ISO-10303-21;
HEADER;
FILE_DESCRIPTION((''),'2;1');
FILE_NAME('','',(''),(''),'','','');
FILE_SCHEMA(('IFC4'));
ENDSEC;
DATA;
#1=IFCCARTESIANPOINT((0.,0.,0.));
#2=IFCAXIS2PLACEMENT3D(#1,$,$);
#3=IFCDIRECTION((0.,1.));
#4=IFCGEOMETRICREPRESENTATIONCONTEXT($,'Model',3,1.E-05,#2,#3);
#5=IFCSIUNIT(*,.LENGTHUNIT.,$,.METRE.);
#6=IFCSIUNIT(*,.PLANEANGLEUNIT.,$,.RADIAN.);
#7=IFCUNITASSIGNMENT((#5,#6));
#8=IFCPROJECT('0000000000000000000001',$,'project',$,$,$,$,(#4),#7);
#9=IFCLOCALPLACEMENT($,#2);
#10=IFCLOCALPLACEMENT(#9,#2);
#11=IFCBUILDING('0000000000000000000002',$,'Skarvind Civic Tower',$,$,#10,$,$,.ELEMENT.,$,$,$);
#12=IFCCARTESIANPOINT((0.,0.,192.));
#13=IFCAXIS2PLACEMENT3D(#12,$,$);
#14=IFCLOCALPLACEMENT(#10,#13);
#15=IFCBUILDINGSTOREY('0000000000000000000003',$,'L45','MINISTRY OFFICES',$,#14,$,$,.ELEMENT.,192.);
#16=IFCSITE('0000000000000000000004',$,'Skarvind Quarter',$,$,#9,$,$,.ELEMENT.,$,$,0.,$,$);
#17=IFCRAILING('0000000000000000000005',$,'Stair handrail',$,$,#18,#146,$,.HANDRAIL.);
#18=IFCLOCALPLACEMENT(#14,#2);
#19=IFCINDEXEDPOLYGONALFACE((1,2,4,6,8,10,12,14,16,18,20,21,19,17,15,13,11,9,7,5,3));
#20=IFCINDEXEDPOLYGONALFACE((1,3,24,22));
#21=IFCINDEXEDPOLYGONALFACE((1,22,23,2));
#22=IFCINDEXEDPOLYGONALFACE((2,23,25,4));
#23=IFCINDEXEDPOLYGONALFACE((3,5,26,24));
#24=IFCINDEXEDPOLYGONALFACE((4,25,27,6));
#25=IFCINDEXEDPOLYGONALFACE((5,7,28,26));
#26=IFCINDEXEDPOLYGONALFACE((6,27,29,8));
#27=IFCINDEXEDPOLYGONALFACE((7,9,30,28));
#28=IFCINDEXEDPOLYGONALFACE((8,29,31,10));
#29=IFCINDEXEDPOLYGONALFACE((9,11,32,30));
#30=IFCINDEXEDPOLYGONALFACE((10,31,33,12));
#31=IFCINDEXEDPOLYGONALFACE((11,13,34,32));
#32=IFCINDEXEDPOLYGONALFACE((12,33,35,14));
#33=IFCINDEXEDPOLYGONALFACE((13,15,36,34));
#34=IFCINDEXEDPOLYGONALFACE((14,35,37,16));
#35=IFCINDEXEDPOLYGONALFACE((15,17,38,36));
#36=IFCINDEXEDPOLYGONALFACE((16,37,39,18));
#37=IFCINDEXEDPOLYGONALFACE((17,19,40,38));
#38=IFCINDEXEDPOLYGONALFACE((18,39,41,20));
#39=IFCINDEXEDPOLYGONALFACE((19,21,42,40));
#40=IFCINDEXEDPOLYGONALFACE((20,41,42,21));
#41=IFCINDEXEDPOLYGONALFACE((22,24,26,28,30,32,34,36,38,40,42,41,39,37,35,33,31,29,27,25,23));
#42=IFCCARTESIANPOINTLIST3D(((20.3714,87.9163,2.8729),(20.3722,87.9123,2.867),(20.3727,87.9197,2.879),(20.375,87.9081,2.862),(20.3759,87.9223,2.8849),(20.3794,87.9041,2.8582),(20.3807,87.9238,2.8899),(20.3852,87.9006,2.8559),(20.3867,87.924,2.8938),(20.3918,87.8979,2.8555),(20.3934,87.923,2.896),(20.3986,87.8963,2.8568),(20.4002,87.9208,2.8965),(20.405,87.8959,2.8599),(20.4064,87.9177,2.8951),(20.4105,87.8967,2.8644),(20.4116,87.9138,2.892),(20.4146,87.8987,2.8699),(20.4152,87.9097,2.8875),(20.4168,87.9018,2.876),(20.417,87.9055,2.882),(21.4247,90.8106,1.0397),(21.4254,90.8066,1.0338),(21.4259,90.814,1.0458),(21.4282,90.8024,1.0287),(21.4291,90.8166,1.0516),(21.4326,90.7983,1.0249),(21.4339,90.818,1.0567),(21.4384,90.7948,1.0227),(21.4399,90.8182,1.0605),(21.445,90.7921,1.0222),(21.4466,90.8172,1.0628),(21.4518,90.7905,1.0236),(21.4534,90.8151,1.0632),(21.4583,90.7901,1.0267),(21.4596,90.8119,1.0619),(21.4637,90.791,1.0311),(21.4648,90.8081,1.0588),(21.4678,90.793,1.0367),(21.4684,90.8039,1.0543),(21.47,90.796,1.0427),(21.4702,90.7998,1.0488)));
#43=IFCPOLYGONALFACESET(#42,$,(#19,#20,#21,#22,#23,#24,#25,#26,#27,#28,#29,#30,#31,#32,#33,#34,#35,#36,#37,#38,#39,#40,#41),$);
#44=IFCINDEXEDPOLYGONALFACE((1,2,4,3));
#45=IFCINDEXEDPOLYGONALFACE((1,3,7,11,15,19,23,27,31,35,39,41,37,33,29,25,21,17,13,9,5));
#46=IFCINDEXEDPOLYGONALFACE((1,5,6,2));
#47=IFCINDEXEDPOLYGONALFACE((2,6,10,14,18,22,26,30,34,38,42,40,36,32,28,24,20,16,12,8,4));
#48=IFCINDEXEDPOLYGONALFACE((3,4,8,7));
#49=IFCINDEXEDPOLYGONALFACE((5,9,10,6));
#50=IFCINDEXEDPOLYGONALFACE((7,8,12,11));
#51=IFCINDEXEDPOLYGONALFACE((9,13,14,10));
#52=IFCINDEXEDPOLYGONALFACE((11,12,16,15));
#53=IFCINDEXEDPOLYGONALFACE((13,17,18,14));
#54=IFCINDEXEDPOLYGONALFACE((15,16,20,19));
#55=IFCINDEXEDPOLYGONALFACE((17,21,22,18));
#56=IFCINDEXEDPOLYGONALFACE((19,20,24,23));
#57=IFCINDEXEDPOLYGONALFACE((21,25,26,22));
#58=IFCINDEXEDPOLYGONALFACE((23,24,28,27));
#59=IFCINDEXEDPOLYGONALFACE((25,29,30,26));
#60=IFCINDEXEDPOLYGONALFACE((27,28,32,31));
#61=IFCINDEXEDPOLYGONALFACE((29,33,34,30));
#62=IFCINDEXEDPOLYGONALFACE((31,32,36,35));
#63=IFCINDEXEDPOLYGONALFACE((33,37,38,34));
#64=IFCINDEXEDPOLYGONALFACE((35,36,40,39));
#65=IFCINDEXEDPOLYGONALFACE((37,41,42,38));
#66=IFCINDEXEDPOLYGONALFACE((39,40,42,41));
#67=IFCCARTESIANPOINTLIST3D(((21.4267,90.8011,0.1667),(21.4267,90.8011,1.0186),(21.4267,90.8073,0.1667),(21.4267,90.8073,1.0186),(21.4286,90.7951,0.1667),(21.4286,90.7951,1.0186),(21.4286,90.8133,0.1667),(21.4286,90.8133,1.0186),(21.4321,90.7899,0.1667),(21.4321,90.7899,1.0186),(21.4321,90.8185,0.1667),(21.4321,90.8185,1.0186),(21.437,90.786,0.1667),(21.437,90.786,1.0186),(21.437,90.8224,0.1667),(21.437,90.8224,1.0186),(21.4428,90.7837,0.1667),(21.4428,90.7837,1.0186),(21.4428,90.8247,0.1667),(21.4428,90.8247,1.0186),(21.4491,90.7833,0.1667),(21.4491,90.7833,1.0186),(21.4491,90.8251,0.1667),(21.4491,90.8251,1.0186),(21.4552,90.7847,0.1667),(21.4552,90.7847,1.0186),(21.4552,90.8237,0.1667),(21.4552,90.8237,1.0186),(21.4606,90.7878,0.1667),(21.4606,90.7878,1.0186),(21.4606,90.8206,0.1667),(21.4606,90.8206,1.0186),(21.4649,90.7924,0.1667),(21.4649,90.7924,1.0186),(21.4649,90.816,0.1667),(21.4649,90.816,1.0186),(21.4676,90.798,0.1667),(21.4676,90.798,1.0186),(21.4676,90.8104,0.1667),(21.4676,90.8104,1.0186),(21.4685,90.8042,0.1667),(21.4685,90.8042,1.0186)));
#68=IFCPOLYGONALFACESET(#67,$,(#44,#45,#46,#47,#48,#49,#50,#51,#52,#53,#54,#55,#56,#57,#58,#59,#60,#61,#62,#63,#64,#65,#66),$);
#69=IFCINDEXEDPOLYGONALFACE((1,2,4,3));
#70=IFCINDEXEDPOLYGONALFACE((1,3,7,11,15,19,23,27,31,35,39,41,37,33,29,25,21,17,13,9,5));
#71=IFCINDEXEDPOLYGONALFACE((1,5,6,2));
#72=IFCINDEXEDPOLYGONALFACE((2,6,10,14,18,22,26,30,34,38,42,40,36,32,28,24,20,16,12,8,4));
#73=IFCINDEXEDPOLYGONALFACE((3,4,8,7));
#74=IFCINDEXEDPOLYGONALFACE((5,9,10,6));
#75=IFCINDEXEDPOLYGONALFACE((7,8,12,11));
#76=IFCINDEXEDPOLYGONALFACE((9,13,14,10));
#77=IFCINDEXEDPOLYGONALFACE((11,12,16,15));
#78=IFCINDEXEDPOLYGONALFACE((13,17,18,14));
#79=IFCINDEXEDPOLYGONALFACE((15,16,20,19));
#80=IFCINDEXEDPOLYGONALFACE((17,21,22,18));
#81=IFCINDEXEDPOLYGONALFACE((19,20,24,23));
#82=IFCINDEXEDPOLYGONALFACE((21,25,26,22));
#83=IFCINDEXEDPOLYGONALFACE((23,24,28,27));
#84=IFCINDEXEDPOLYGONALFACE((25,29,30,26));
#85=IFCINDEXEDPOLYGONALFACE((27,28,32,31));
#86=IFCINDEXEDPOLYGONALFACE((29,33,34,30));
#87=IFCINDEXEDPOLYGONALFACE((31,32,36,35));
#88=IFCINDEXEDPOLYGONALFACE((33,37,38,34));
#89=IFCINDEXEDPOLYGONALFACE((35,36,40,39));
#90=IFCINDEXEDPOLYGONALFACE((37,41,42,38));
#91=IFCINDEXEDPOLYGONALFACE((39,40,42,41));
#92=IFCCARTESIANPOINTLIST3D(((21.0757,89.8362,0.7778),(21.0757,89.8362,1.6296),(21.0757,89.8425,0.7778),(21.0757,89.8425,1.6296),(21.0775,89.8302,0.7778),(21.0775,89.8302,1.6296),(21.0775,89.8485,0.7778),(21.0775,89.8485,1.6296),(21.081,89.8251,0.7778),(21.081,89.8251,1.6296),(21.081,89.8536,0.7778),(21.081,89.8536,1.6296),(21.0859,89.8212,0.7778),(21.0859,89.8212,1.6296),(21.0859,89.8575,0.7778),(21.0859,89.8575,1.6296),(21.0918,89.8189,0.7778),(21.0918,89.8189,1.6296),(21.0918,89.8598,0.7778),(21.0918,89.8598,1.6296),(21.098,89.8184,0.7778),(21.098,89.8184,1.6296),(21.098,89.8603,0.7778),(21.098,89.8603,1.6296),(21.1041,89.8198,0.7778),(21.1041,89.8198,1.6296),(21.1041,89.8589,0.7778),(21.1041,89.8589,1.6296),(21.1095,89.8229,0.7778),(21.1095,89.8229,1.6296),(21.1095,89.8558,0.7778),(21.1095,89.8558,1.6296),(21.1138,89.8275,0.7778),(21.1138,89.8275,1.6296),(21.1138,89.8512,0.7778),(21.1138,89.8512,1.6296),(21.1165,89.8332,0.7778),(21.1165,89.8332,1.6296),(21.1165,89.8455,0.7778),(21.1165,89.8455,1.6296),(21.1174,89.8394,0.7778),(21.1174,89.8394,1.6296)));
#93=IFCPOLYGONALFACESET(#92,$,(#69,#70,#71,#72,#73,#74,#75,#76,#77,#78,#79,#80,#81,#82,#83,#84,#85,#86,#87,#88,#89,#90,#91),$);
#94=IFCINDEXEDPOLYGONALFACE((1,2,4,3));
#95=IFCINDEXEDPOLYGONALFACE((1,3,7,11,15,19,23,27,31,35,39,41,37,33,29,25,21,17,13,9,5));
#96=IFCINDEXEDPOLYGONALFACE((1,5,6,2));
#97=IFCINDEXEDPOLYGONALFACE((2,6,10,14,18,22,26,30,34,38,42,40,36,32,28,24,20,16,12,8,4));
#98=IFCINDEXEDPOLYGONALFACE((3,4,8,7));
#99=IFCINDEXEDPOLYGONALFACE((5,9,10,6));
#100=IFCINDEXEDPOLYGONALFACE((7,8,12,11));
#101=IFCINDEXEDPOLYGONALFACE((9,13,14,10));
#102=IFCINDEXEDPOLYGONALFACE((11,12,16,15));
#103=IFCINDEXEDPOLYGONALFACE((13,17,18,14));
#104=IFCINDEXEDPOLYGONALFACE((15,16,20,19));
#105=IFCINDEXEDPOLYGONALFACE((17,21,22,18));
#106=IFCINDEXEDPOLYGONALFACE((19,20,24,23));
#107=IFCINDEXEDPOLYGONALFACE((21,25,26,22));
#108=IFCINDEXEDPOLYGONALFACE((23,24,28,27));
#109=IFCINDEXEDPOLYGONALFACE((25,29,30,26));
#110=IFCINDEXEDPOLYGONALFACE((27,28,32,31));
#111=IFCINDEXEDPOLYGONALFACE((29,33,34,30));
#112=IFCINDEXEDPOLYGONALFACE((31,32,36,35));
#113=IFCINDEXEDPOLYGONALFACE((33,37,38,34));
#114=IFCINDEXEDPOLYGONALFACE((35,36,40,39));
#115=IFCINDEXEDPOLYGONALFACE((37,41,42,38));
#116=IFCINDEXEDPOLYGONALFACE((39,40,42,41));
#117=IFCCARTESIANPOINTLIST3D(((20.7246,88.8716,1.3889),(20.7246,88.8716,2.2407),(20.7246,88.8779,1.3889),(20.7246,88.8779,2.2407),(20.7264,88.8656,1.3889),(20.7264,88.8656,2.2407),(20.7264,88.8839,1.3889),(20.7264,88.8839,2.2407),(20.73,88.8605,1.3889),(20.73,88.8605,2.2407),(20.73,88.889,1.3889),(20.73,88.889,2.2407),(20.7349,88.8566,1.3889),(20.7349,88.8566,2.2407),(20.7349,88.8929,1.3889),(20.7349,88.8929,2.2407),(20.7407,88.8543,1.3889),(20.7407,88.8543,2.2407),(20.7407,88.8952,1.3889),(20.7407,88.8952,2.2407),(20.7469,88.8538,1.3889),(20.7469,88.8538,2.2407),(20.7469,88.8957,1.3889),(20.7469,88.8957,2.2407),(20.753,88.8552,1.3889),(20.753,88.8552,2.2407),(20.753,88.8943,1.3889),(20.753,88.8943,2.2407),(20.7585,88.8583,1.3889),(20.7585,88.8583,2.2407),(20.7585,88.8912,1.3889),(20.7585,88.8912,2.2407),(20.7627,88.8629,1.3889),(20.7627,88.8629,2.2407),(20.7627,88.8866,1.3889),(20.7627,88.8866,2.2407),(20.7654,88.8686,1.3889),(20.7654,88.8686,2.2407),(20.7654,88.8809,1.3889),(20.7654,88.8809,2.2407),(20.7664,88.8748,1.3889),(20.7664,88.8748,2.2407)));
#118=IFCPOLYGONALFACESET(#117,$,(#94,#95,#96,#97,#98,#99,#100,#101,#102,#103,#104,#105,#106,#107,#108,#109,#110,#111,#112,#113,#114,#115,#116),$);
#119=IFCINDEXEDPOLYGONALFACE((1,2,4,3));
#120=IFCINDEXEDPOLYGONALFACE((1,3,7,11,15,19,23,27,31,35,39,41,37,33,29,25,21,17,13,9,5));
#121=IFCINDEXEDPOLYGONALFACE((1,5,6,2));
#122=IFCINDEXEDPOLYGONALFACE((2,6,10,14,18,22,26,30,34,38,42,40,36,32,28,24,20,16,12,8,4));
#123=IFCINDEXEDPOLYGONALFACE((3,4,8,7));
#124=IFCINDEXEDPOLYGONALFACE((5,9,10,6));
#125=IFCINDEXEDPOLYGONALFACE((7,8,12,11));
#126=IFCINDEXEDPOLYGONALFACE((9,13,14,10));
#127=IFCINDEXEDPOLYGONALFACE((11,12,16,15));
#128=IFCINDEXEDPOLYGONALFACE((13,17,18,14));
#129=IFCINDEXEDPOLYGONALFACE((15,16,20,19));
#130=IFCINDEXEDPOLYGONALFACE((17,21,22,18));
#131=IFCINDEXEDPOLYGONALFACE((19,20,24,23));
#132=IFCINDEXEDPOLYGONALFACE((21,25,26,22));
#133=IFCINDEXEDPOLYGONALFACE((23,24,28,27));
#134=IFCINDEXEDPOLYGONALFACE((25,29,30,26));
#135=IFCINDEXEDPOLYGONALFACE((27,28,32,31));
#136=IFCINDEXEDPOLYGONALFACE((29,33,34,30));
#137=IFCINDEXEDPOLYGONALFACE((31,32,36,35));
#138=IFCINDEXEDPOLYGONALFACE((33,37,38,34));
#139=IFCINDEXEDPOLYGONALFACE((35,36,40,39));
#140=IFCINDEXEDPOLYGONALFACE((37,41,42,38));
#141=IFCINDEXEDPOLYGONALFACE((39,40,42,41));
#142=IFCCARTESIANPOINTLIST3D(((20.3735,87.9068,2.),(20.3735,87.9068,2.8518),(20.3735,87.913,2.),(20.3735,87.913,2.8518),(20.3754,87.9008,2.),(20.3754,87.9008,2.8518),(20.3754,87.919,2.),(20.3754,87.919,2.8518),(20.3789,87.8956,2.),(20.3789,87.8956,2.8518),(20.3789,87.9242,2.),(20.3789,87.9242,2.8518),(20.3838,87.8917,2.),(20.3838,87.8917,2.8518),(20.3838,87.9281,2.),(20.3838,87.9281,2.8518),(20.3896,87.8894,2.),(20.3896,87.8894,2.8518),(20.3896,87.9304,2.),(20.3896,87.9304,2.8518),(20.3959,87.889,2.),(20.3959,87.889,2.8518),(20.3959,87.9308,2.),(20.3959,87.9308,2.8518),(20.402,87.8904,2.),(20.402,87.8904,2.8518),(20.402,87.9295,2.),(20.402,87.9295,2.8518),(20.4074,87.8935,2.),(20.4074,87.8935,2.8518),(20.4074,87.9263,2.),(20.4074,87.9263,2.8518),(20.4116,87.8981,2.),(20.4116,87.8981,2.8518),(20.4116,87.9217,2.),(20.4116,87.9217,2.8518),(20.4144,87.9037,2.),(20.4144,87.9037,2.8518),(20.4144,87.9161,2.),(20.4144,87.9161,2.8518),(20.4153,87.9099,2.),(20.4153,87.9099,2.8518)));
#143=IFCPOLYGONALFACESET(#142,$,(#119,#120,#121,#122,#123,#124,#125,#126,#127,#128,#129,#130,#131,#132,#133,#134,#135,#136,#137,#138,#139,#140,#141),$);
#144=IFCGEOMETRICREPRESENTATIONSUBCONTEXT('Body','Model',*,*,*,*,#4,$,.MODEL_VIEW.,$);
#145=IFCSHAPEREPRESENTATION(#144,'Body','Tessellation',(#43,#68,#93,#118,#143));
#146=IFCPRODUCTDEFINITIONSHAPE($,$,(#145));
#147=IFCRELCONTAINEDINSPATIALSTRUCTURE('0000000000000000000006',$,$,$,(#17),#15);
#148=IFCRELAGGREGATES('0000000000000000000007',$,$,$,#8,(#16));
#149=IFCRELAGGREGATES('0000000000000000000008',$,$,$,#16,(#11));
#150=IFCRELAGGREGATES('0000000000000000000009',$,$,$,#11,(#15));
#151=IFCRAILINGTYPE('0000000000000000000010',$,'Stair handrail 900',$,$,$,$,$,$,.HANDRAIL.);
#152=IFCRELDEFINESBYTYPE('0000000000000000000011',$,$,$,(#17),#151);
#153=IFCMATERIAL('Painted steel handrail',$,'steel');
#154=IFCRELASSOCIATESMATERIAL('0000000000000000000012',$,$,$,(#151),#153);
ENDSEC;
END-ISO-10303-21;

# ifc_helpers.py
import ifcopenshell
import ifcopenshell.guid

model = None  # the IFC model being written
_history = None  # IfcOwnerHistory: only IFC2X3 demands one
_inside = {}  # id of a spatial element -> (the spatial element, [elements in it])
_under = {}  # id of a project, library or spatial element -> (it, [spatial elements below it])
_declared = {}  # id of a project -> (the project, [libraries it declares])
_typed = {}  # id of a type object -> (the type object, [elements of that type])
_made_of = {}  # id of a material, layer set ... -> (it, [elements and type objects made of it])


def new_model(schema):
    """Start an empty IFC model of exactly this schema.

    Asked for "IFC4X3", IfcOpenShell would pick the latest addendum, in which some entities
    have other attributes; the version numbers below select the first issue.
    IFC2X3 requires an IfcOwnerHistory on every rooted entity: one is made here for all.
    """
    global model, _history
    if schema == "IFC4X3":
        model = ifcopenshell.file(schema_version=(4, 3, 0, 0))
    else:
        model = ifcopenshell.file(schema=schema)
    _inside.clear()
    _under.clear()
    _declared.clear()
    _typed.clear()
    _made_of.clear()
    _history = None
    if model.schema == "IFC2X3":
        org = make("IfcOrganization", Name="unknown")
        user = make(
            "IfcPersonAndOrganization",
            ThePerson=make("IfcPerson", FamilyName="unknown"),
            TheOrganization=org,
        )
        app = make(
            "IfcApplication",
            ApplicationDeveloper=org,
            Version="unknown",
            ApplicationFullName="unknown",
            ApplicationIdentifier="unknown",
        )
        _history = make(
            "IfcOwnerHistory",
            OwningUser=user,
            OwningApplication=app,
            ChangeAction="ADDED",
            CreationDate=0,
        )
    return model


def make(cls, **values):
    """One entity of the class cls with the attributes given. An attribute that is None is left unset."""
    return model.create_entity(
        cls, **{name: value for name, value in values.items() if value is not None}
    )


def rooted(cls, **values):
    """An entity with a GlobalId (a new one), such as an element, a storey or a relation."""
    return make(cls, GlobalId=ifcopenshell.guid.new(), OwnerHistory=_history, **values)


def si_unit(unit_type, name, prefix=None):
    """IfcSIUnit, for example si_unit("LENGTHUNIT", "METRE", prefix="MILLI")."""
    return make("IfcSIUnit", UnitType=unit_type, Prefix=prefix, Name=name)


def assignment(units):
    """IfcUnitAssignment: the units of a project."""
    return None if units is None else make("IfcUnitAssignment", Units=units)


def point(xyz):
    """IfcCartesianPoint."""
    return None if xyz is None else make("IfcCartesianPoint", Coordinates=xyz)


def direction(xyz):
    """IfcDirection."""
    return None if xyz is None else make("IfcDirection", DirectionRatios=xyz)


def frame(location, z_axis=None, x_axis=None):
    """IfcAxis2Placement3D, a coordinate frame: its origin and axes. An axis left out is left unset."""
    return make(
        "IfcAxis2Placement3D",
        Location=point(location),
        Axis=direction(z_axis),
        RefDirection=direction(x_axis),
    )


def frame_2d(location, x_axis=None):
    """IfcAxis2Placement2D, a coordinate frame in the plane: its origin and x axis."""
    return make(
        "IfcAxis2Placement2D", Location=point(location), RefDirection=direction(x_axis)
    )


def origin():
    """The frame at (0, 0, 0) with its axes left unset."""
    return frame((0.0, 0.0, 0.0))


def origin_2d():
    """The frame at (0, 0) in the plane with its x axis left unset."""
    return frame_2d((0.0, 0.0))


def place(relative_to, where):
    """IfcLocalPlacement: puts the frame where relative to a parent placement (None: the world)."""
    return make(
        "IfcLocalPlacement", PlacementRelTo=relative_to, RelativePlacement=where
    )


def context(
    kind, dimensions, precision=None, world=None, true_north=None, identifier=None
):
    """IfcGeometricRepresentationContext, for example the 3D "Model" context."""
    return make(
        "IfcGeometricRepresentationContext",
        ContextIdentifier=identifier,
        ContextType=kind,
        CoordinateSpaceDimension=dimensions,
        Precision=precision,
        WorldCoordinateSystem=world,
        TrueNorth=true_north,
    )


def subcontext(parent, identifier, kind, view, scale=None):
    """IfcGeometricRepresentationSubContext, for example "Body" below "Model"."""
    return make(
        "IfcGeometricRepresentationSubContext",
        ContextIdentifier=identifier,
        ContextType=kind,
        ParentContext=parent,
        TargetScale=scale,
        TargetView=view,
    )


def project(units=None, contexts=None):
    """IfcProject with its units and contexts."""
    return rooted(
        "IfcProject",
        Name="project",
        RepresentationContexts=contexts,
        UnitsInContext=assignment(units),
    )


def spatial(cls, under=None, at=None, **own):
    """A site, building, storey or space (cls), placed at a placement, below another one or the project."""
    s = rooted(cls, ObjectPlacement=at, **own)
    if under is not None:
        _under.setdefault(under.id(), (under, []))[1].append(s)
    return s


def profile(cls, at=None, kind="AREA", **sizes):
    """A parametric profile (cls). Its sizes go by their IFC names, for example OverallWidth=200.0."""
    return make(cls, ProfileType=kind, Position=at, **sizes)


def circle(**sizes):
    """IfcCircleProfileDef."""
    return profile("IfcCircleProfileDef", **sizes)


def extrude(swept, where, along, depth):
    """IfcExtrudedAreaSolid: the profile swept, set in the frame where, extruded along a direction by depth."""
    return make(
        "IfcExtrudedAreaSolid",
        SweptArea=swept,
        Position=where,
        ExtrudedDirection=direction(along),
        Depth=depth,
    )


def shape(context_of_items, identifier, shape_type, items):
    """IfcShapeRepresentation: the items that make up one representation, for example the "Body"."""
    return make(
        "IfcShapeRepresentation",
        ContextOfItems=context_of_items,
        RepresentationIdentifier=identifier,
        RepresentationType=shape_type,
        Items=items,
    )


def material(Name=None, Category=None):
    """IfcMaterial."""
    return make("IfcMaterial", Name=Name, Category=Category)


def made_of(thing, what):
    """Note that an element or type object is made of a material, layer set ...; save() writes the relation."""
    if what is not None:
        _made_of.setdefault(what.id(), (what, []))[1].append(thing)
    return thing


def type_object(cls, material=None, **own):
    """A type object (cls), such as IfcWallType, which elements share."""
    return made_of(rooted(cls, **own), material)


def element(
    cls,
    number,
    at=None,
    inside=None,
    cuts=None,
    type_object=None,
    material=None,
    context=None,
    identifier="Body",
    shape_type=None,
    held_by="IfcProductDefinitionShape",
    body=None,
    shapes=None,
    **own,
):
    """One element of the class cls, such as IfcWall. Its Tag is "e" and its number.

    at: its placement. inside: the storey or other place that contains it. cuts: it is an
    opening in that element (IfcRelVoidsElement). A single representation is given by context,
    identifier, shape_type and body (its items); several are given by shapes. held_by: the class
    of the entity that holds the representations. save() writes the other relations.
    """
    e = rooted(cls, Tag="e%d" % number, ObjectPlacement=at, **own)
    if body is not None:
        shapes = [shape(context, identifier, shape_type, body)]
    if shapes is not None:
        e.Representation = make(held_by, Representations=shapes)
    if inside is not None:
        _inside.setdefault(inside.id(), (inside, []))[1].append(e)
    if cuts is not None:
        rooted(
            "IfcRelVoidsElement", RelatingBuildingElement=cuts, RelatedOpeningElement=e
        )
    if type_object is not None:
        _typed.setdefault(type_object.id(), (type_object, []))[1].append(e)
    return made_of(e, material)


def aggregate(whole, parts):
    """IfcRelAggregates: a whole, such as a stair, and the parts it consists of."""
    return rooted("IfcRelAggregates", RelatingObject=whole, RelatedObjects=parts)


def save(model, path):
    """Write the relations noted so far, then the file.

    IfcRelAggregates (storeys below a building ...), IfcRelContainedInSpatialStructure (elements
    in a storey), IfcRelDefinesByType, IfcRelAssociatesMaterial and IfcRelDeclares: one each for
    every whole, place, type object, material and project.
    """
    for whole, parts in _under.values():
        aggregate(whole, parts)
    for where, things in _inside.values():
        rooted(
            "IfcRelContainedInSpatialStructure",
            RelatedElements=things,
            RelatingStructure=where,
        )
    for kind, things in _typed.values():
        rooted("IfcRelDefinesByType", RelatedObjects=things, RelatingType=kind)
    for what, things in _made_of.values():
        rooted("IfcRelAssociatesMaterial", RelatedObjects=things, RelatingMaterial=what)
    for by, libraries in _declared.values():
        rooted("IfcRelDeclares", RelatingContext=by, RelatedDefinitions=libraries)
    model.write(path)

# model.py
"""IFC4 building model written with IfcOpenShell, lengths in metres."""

from ifc_helpers import new_model, si_unit, direction, frame, origin, origin_2d, place, context, subcontext, project, spatial, circle, extrude, material, type_object, element, save


model = new_model("IFC4")

# Units and contexts
model_context = context("Model", 3, precision=1e-05, world=origin(), true_north=direction((0.0, 1.0)))
body_context = subcontext(model_context, "Body", "Model", "MODEL_VIEW")
ifc_project = project(units=[si_unit("LENGTHUNIT", "METRE"), si_unit("PLANEANGLEUNIT", "RADIAN")], contexts=[model_context])

# Site, building, storey
site_placement = place(None, origin())
site = spatial("IfcSite", under=ifc_project, at=site_placement, Name="Skarvind Quarter", CompositionType="ELEMENT", RefElevation=0.0)
building_placement = place(site_placement, origin())
building = spatial("IfcBuilding", under=site, at=building_placement, Name="Skarvind Civic Tower", CompositionType="ELEMENT")
storey_placement = place(building_placement, frame((0.0, 0.0, 192.0)))
storey = spatial("IfcBuildingStorey", under=building, at=storey_placement, Name="L45", Description="MINISTRY OFFICES", CompositionType="ELEMENT", Elevation=192.0)

# Railing
ifc_material_1 = material(Name="Painted steel handrail", Category="steel")
railing_type = type_object("IfcRailingType", Name="Stair handrail 900", PredefinedType="HANDRAIL", material=ifc_material_1)
railing_1_placement = place(storey_placement, frame((21.4475, 90.8042, 0.1667)))
element("IfcRailing", 1, at=railing_1_placement, inside=storey, type_object=railing_type, Name="Stair handrail", PredefinedType="HANDRAIL", context=body_context, shape_type="SweptSolid", body=[
    extrude(circle(Radius=0.0239, at=origin_2d()), frame((0.0, 0.0, 0.876), z_axis=(-0.293846, -0.807497, 0.511472), x_axis=(0.939715, -0.341959, 0.0)), (0.0, 0.0, 1.0), 3.5842),
    extrude(circle(Radius=0.021, at=origin_2d()), origin(), (0.0, 0.0, 1.0), 0.8518),
    extrude(circle(Radius=0.021, at=origin_2d()), frame((-0.3511, -0.9648, 0.6111)), (0.0, 0.0, 1.0), 0.8518),
    extrude(circle(Radius=0.021, at=origin_2d()), frame((-0.7021, -1.9294, 1.2222)), (0.0, 0.0, 1.0), 0.8518),
    extrude(circle(Radius=0.021, at=origin_2d()), frame((-1.0532, -2.8943, 1.8333)), (0.0, 0.0, 1.0), 0.8518),
])

save(model, "model.ifc")
